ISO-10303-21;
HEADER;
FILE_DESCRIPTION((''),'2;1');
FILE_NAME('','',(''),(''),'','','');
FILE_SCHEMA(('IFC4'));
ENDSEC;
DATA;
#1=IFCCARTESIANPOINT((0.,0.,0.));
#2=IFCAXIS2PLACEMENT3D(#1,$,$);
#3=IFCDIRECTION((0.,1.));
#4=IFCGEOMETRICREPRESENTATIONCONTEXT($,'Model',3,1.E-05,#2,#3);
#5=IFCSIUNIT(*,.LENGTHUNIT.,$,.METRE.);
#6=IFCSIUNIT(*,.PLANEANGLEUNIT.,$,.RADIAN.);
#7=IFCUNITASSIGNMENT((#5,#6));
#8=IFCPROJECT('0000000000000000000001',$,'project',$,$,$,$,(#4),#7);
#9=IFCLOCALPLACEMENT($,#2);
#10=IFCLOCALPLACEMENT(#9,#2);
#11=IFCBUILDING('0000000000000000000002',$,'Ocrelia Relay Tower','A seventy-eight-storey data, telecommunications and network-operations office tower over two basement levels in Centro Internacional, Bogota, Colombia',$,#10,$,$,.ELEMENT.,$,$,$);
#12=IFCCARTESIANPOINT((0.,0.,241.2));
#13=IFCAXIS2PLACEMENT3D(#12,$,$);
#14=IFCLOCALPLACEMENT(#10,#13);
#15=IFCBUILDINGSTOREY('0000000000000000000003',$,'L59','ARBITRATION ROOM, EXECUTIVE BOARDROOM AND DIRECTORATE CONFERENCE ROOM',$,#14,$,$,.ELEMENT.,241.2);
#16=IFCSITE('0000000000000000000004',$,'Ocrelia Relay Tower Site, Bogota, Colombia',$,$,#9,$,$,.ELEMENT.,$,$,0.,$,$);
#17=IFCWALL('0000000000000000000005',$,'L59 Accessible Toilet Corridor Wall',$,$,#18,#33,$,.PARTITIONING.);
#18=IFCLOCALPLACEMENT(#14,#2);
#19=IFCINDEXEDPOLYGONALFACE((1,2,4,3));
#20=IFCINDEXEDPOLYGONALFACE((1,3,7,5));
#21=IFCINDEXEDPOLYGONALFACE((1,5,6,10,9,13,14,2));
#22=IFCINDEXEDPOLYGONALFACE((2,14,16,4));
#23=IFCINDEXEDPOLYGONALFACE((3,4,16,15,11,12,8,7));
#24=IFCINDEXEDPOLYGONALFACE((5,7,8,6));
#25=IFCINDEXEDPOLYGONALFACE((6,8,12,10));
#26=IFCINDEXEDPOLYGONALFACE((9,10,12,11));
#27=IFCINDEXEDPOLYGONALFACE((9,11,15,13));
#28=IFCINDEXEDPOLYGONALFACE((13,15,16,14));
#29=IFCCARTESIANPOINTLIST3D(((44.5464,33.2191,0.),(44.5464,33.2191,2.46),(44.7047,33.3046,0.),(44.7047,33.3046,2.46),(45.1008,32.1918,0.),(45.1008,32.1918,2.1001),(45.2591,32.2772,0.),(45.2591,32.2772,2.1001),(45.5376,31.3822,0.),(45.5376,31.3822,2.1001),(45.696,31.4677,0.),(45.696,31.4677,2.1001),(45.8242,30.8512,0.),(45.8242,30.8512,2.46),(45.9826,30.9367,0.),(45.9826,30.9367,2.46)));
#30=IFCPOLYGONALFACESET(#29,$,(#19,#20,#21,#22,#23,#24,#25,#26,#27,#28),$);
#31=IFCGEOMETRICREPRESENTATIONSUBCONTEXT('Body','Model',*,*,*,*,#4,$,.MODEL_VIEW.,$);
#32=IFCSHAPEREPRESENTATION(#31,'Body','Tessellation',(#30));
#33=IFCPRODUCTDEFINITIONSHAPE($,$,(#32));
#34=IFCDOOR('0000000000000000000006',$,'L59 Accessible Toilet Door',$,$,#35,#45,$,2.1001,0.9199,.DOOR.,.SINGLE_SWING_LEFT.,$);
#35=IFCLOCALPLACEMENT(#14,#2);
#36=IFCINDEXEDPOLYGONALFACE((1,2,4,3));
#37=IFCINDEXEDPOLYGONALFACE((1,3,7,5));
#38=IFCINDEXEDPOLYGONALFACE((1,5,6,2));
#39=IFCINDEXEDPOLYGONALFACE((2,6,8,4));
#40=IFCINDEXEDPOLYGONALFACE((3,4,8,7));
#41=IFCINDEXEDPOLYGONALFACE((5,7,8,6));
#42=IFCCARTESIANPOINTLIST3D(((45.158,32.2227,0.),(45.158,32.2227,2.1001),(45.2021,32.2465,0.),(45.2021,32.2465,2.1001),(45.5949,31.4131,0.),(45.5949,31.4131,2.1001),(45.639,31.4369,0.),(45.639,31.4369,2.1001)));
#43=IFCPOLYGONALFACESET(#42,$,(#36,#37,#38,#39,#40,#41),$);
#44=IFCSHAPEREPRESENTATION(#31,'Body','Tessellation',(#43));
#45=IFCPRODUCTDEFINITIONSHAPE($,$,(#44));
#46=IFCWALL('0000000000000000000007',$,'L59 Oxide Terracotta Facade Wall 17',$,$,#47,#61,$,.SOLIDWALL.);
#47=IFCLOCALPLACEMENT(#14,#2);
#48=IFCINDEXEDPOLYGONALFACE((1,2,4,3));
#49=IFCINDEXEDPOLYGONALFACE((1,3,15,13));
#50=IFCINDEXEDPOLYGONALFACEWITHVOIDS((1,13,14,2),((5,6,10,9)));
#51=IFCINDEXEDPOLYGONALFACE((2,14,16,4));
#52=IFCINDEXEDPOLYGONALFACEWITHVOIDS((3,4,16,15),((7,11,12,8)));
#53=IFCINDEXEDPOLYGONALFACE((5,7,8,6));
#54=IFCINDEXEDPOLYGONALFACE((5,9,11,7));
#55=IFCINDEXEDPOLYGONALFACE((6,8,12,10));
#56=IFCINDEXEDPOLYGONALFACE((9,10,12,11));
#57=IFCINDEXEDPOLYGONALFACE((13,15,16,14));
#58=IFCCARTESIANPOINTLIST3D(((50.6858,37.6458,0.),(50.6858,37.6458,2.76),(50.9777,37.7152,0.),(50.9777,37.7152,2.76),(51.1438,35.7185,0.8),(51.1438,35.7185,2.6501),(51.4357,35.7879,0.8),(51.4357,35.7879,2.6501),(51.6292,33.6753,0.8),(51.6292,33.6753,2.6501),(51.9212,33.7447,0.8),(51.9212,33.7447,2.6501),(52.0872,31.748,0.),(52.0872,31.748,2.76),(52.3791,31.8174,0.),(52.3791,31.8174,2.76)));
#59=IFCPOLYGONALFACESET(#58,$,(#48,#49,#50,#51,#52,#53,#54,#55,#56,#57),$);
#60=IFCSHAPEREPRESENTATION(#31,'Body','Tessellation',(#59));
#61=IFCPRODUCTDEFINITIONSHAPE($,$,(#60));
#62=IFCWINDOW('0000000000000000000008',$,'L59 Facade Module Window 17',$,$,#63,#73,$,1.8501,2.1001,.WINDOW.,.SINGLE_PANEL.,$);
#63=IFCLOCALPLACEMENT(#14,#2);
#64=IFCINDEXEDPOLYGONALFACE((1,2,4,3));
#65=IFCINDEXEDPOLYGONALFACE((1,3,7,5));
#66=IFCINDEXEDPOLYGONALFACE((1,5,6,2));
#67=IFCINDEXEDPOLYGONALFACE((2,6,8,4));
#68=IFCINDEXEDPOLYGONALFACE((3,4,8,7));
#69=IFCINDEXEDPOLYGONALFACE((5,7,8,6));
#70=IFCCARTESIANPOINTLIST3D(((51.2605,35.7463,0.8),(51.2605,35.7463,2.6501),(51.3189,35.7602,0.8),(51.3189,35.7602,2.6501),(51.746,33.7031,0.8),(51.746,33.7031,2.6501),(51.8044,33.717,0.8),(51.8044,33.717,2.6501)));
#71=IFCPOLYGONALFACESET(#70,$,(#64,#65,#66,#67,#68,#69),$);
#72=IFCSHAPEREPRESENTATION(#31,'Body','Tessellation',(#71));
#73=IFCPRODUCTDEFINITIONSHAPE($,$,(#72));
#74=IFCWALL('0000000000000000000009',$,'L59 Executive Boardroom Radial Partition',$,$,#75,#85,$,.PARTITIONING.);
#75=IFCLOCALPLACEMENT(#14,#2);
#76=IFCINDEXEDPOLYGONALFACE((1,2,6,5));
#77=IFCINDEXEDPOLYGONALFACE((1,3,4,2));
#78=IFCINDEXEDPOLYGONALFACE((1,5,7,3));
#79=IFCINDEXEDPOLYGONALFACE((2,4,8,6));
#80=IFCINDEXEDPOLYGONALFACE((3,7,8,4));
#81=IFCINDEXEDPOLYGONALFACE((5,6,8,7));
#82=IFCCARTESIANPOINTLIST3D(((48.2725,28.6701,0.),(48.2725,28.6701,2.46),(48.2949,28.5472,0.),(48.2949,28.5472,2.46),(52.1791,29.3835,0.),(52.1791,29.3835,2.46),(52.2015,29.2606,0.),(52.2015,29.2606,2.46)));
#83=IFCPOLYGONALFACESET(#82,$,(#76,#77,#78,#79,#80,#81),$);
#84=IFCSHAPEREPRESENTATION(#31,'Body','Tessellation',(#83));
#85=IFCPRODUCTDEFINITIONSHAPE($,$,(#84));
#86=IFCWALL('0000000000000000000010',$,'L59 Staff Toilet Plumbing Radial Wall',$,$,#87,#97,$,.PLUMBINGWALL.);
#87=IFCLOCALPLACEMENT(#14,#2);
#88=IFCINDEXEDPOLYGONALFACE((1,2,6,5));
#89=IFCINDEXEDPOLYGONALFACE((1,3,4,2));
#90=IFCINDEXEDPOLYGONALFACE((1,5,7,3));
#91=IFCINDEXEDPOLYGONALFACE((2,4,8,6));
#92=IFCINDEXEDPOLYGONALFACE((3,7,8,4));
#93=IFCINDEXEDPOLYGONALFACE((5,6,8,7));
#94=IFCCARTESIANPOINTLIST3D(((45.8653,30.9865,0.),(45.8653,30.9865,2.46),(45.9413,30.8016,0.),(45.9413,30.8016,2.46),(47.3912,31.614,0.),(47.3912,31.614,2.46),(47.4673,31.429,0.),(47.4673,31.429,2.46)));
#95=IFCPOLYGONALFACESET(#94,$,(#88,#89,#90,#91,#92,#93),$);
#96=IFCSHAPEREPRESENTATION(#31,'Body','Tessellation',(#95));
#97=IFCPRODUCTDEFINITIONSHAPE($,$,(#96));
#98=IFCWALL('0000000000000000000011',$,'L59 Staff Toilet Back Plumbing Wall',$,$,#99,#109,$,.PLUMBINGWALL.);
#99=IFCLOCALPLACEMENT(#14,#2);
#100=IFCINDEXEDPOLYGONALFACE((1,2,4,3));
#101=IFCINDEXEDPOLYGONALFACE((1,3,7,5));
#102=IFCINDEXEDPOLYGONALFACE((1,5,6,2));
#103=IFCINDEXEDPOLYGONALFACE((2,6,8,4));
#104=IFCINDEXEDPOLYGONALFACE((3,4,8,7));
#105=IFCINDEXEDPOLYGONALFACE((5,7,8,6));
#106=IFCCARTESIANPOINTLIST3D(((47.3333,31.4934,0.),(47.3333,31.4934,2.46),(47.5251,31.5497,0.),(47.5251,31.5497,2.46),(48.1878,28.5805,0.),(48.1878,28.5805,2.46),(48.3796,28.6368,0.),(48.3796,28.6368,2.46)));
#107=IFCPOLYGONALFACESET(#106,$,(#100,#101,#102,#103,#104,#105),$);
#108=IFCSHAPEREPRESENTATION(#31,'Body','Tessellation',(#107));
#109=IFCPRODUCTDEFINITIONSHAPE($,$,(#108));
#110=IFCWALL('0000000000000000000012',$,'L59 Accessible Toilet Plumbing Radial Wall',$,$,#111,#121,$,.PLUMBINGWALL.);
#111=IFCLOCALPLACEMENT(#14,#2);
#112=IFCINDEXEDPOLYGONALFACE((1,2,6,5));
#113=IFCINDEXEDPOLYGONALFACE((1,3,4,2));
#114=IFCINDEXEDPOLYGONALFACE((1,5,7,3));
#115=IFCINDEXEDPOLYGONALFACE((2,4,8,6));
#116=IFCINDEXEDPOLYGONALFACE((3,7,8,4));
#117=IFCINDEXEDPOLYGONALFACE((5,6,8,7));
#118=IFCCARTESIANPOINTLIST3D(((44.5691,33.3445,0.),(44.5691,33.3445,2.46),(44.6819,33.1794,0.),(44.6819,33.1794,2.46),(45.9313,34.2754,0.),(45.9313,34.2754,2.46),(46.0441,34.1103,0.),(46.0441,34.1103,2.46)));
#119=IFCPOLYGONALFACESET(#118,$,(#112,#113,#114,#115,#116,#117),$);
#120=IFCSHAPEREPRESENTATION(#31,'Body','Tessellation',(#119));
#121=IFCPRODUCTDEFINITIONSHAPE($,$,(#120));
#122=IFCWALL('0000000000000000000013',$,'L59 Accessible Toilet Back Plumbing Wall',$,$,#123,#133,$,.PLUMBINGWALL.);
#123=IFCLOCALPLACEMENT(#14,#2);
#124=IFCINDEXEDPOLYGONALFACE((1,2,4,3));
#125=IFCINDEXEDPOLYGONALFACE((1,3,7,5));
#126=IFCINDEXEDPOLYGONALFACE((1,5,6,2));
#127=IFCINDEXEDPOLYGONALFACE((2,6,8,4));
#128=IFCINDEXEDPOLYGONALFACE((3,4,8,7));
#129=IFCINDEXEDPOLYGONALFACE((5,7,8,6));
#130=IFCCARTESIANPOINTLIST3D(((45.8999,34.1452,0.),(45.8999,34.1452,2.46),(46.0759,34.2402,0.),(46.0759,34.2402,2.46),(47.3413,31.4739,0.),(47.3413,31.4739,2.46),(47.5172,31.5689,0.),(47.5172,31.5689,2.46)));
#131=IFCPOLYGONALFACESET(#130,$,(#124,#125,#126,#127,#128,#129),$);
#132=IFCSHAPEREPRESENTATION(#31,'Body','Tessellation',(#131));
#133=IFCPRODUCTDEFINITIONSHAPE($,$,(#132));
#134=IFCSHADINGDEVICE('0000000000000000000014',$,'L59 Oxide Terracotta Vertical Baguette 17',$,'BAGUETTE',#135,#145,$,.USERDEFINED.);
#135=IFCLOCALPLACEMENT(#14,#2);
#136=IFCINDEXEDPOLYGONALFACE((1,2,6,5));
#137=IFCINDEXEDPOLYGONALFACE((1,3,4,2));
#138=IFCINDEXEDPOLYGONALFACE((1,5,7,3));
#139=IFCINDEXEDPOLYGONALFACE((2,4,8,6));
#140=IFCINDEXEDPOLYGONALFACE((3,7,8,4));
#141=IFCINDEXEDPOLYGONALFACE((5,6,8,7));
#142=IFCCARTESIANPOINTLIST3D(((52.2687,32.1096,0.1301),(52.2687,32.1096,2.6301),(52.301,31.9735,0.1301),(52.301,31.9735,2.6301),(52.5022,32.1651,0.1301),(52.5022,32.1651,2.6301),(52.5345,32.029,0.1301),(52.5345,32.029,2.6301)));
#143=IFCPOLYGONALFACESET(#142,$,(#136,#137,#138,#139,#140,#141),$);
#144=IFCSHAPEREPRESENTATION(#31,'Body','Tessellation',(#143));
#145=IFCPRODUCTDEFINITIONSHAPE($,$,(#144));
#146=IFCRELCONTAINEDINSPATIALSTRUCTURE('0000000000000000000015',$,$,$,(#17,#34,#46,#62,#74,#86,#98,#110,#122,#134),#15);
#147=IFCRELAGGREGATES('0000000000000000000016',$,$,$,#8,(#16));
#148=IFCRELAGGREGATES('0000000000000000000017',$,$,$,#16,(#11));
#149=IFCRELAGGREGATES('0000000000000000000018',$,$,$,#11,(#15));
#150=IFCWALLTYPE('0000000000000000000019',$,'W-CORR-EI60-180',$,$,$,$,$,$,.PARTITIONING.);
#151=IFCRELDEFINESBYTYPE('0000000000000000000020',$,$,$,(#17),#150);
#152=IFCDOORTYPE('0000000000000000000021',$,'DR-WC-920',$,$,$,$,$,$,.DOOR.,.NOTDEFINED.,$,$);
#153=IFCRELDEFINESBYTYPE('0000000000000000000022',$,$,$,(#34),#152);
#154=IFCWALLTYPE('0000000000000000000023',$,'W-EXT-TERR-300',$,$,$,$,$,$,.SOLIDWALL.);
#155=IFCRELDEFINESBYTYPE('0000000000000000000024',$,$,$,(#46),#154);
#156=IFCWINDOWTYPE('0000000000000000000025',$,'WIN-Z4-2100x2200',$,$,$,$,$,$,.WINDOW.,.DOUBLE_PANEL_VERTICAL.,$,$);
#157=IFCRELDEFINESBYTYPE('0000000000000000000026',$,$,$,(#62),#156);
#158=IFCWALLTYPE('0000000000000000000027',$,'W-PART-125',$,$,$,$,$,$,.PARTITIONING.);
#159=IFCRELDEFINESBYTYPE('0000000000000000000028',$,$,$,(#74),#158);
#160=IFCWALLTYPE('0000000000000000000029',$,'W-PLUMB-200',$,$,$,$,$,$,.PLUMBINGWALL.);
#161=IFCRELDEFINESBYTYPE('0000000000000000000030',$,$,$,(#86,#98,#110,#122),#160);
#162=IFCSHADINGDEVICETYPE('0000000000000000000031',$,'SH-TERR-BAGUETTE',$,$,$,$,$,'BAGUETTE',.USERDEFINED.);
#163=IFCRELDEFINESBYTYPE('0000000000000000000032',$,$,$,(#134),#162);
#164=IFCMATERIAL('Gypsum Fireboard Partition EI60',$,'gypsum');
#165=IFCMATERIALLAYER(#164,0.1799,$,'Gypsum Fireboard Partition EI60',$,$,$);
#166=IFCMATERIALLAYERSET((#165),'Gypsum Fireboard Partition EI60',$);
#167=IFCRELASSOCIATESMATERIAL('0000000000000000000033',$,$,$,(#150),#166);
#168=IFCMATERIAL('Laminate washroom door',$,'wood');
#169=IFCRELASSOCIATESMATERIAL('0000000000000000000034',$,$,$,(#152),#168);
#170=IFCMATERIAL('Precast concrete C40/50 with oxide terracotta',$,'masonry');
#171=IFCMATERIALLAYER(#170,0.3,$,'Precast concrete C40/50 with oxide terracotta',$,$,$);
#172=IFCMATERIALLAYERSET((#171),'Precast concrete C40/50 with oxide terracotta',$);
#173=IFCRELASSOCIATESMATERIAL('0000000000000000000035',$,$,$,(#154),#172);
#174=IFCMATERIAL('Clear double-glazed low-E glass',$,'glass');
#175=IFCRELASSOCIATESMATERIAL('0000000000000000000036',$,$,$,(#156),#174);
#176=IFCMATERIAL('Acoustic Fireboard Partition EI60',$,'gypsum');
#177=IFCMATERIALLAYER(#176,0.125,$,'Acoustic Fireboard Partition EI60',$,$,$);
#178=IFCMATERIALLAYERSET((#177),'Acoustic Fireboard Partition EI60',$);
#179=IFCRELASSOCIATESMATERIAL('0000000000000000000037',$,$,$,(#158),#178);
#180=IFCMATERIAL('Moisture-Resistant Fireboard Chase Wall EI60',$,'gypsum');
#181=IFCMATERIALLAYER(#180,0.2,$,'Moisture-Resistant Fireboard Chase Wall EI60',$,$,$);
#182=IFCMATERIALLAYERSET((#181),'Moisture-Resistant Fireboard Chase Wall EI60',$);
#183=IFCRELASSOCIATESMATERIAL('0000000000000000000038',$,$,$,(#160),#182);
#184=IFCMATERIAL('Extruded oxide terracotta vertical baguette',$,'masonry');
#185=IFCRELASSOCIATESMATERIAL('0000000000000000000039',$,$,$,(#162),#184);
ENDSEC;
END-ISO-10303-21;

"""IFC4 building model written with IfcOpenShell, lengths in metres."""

from ifc_helpers import new_model, si_unit, direction, frame, frame_2d, origin, origin_2d, place, context, subcontext, project, spatial, rectangle, extrude, material, layer, layer_set, type_object, element, fill, save


model = new_model("IFC4")

# Units and contexts
model_context = context("Model", 3, precision=1e-05, world=origin(), true_north=direction((0.0, 1.0)))
body_context = subcontext(model_context, "Body", "Model", "MODEL_VIEW")
ifc_project = project(units=[si_unit("LENGTHUNIT", "METRE"), si_unit("PLANEANGLEUNIT", "RADIAN")], contexts=[model_context])

# Site, building, storey
site_placement = place(None, origin())
site = spatial("IfcSite", under=ifc_project, at=site_placement, Name="Ocrelia Relay Tower Site, Bogota, Colombia", CompositionType="ELEMENT", RefElevation=0.0)
building_placement = place(site_placement, origin())
building = spatial("IfcBuilding", under=site, at=building_placement, Name="Ocrelia Relay Tower", Description="A seventy-eight-storey data, telecommunications and network-operations office tower over two basement levels in Centro Internacional, Bogota, Colombia", CompositionType="ELEMENT")
storey_placement = place(building_placement, frame((0.0, 0.0, 241.2)))
storey = spatial("IfcBuildingStorey", under=building, at=storey_placement, Name="L59", Description="ARBITRATION ROOM, EXECUTIVE BOARDROOM AND DIRECTORATE CONFERENCE ROOM", CompositionType="ELEMENT", Elevation=241.2)

# Wall, opening, door
ifc_material_1 = material(Name="Gypsum Fireboard Partition EI60", Category="gypsum")
ifc_layer_1 = layer(ifc_material_1, 0.1799, Name="Gypsum Fireboard Partition EI60")
ifc_layer_set_1 = layer_set([ifc_layer_1], Name="Gypsum Fireboard Partition EI60")
wall_type_1 = type_object("IfcWallType", Name="W-CORR-EI60-180", PredefinedType="PARTITIONING", material=ifc_layer_set_1)
wall_1_placement = place(storey_placement, frame((45.9033, 30.894, 0.0), z_axis=(0.0, 0.0, 1.0), x_axis=(-0.474906, 0.880037, 0.0)))
wall_1 = element("IfcWall", 1, at=wall_1_placement, inside=storey, type_object=wall_type_1, Name="L59 Accessible Toilet Corridor Wall", PredefinedType="PARTITIONING", context=body_context, shape_type="SweptSolid", body=[
    extrude(rectangle(XDim=2.6907, YDim=0.1799, at=frame_2d((1.3452, 0.0))), origin(), (0.0, 0.0, 1.0), 2.46),
])
opening_1_placement = place(wall_1_placement, frame((0.6033, 0.0, 0.0)))
opening_1 = element("IfcOpeningElement", 2, at=opening_1_placement, cuts=wall_1, PredefinedType="OPENING", context=body_context, shape_type="SweptSolid", body=[
    extrude(rectangle(XDim=0.9199, YDim=2.1001, at=frame_2d((0.46, 1.05))), frame((0.0, 0.1001, 0.0), z_axis=(0.0, -1.0, 0.0), x_axis=(1.0, 0.0, 0.0)), (0.0, 0.0, 1.0), 0.2),
])
ifc_material_2 = material(Name="Laminate washroom door", Category="wood")
door_type_1 = type_object("IfcDoorType", Name="DR-WC-920", OperationType="NOTDEFINED", PredefinedType="DOOR", material=ifc_material_2)
door_1_placement = place(opening_1_placement, origin())
door_1 = element("IfcDoor", 3, at=door_1_placement, inside=storey, type_object=door_type_1, Name="L59 Accessible Toilet Door", OperationType="SINGLE_SWING_LEFT", OverallHeight=2.1001, OverallWidth=0.9199, PredefinedType="DOOR", context=body_context, shape_type="SweptSolid", body=[
    extrude(rectangle(XDim=0.9199, YDim=2.1001, at=frame_2d((0.46, 1.05))), frame((0.0, 0.0249, 0.0), z_axis=(0.0, -1.0, 0.0), x_axis=(1.0, 0.0, 0.0)), (0.0, 0.0, 1.0), 0.05),
])
fill(opening_1, door_1)

# Wall, opening, window
ifc_material_3 = material(Name="Precast concrete C40/50 with oxide terracotta", Category="masonry")
ifc_layer_2 = layer(ifc_material_3, 0.3, Name="Precast concrete C40/50 with oxide terracotta")
ifc_layer_set_2 = layer_set([ifc_layer_2], Name="Precast concrete C40/50 with oxide terracotta")
wall_type_2 = type_object("IfcWallType", Name="W-EXT-TERR-300", PredefinedType="SOLIDWALL", material=ifc_layer_set_2)
wall_2_placement = place(storey_placement, frame((52.2332, 31.7827, 0.0), z_axis=(0.0, 0.0, 1.0), x_axis=(-0.231176, 0.972912, 0.0)))
wall_2 = element("IfcWall", 4, at=wall_2_placement, inside=storey, type_object=wall_type_2, Name="L59 Oxide Terracotta Facade Wall 17", PredefinedType="SOLIDWALL", context=body_context, shape_type="SweptSolid", body=[
    extrude(rectangle(XDim=6.062, YDim=0.3, at=frame_2d((3.031, 0.0))), origin(), (0.0, 0.0, 1.0), 2.76),
])
opening_2_placement = place(wall_2_placement, frame((1.981, 0.0, 0.8)))
opening_2 = element("IfcOpeningElement", 5, at=opening_2_placement, cuts=wall_2, PredefinedType="OPENING", context=body_context, shape_type="SweptSolid", body=[
    extrude(rectangle(XDim=2.1001, YDim=1.8501, at=frame_2d((1.05, 0.925))), frame((0.0, 0.1602, 0.0), z_axis=(0.0, -1.0, 0.0), x_axis=(1.0, 0.0, 0.0)), (0.0, 0.0, 1.0), 0.3201),
])
ifc_material_4 = material(Name="Clear double-glazed low-E glass", Category="glass")
window_type = type_object("IfcWindowType", Name="WIN-Z4-2100x2200", PartitioningType="DOUBLE_PANEL_VERTICAL", PredefinedType="WINDOW", material=ifc_material_4)
window_placement = place(opening_2_placement, origin())
window = element("IfcWindow", 6, at=window_placement, inside=storey, type_object=window_type, Name="L59 Facade Module Window 17", OverallHeight=1.8501, OverallWidth=2.1001, PartitioningType="SINGLE_PANEL", PredefinedType="WINDOW", context=body_context, shape_type="SweptSolid", body=[
    extrude(rectangle(XDim=2.1001, YDim=1.8501, at=frame_2d((1.05, 0.925))), frame((0.0, 0.03, 0.0), z_axis=(0.0, -1.0, 0.0), x_axis=(1.0, 0.0, 0.0)), (0.0, 0.0, 1.0), 0.0601),
])
fill(opening_2, window)

# Walls
ifc_material_5 = material(Name="Acoustic Fireboard Partition EI60", Category="gypsum")
ifc_layer_3 = layer(ifc_material_5, 0.125, Name="Acoustic Fireboard Partition EI60")
ifc_layer_set_3 = layer_set([ifc_layer_3], Name="Acoustic Fireboard Partition EI60")
wall_type_3 = type_object("IfcWallType", Name="W-PART-125", PredefinedType="PARTITIONING", material=ifc_layer_set_3)
wall_3_placement = place(storey_placement, frame((48.2837, 28.6086, 0.0), z_axis=(0.0, 0.0, 1.0), x_axis=(0.983732, 0.179643, 0.0)))
element("IfcWall", 7, at=wall_3_placement, inside=storey, type_object=wall_type_3, Name="L59 Executive Boardroom Radial Partition", PredefinedType="PARTITIONING", context=body_context, shape_type="SweptSolid", body=[
    extrude(rectangle(XDim=3.9712, YDim=0.125, at=frame_2d((1.9856, 0.0))), origin(), (0.0, 0.0, 1.0), 2.46),
])
ifc_material_6 = material(Name="Moisture-Resistant Fireboard Chase Wall EI60", Category="gypsum")
ifc_layer_4 = layer(ifc_material_6, 0.2, Name="Moisture-Resistant Fireboard Chase Wall EI60")
ifc_layer_set_4 = layer_set([ifc_layer_4], Name="Moisture-Resistant Fireboard Chase Wall EI60")
wall_type_4 = type_object("IfcWallType", Name="W-PLUMB-200", PredefinedType="PLUMBINGWALL", material=ifc_layer_set_4)
wall_4_placement = place(storey_placement, frame((45.9033, 30.894, 0.0), z_axis=(0.0, 0.0, 1.0), x_axis=(0.924862, 0.380303, 0.0)))
element("IfcWall", 8, at=wall_4_placement, inside=storey, type_object=wall_type_4, Name="L59 Staff Toilet Plumbing Radial Wall", PredefinedType="PLUMBINGWALL", context=body_context, shape_type="SweptSolid", body=[
    extrude(rectangle(XDim=1.6499, YDim=0.2, at=frame_2d((0.825, 0.0))), origin(), (0.0, 0.0, 1.0), 2.46),
])
wall_5_placement = place(storey_placement, frame((48.2837, 28.6086, 0.0), z_axis=(0.0, 0.0, 1.0), x_axis=(-0.281491, 0.959564, 0.0)))
element("IfcWall", 9, at=wall_5_placement, inside=storey, type_object=wall_type_4, Name="L59 Staff Toilet Back Plumbing Wall", PredefinedType="PLUMBINGWALL", context=body_context, shape_type="SweptSolid", body=[
    extrude(rectangle(XDim=3.0356, YDim=0.2, at=frame_2d((1.5178, 0.0))), origin(), (0.0, 0.0, 1.0), 2.46),
])
wall_6_placement = place(storey_placement, frame((44.6255, 33.262, 0.0), z_axis=(0.0, 0.0, 1.0), x_axis=(0.825645, 0.564191, 0.0)))
element("IfcWall", 10, at=wall_6_placement, inside=storey, type_object=wall_type_4, Name="L59 Accessible Toilet Plumbing Radial Wall", PredefinedType="PLUMBINGWALL", context=body_context, shape_type="SweptSolid", body=[
    extrude(rectangle(XDim=1.6499, YDim=0.2, at=frame_2d((0.825, 0.0))), origin(), (0.0, 0.0, 1.0), 2.46),
])
wall_7_placement = place(storey_placement, frame((47.4292, 31.5215, 0.0), z_axis=(0.0, 0.0, 1.0), x_axis=(-0.474857, 0.880063, 0.0)))
element("IfcWall", 11, at=wall_7_placement, inside=storey, type_object=wall_type_4, Name="L59 Accessible Toilet Back Plumbing Wall", PredefinedType="PLUMBINGWALL", context=body_context, shape_type="SweptSolid", body=[
    extrude(rectangle(XDim=3.0354, YDim=0.2, at=frame_2d((1.5176, 0.0))), origin(), (0.0, 0.0, 1.0), 2.46),
])

# Shading device
ifc_material_7 = material(Name="Extruded oxide terracotta vertical baguette", Category="masonry")
shading_device_type = type_object("IfcShadingDeviceType", Name="SH-TERR-BAGUETTE", ElementType="BAGUETTE", PredefinedType="USERDEFINED", material=ifc_material_7)
shading_device_placement = place(storey_placement, frame((52.4016, 32.0693, 0.1301), z_axis=(0.0, 0.0, 1.0), x_axis=(-0.2312, 0.972906, 0.0)))
element("IfcShadingDevice", 12, at=shading_device_placement, inside=storey, type_object=shading_device_type, Name="L59 Oxide Terracotta Vertical Baguette 17", ObjectType="BAGUETTE", PredefinedType="USERDEFINED", context=body_context, shape_type="SweptSolid", body=[
    extrude(rectangle(XDim=0.1399, YDim=0.24, at=origin_2d()), origin(), (0.0, 0.0, 1.0), 2.5),
])

save(model, "model.ifc")
